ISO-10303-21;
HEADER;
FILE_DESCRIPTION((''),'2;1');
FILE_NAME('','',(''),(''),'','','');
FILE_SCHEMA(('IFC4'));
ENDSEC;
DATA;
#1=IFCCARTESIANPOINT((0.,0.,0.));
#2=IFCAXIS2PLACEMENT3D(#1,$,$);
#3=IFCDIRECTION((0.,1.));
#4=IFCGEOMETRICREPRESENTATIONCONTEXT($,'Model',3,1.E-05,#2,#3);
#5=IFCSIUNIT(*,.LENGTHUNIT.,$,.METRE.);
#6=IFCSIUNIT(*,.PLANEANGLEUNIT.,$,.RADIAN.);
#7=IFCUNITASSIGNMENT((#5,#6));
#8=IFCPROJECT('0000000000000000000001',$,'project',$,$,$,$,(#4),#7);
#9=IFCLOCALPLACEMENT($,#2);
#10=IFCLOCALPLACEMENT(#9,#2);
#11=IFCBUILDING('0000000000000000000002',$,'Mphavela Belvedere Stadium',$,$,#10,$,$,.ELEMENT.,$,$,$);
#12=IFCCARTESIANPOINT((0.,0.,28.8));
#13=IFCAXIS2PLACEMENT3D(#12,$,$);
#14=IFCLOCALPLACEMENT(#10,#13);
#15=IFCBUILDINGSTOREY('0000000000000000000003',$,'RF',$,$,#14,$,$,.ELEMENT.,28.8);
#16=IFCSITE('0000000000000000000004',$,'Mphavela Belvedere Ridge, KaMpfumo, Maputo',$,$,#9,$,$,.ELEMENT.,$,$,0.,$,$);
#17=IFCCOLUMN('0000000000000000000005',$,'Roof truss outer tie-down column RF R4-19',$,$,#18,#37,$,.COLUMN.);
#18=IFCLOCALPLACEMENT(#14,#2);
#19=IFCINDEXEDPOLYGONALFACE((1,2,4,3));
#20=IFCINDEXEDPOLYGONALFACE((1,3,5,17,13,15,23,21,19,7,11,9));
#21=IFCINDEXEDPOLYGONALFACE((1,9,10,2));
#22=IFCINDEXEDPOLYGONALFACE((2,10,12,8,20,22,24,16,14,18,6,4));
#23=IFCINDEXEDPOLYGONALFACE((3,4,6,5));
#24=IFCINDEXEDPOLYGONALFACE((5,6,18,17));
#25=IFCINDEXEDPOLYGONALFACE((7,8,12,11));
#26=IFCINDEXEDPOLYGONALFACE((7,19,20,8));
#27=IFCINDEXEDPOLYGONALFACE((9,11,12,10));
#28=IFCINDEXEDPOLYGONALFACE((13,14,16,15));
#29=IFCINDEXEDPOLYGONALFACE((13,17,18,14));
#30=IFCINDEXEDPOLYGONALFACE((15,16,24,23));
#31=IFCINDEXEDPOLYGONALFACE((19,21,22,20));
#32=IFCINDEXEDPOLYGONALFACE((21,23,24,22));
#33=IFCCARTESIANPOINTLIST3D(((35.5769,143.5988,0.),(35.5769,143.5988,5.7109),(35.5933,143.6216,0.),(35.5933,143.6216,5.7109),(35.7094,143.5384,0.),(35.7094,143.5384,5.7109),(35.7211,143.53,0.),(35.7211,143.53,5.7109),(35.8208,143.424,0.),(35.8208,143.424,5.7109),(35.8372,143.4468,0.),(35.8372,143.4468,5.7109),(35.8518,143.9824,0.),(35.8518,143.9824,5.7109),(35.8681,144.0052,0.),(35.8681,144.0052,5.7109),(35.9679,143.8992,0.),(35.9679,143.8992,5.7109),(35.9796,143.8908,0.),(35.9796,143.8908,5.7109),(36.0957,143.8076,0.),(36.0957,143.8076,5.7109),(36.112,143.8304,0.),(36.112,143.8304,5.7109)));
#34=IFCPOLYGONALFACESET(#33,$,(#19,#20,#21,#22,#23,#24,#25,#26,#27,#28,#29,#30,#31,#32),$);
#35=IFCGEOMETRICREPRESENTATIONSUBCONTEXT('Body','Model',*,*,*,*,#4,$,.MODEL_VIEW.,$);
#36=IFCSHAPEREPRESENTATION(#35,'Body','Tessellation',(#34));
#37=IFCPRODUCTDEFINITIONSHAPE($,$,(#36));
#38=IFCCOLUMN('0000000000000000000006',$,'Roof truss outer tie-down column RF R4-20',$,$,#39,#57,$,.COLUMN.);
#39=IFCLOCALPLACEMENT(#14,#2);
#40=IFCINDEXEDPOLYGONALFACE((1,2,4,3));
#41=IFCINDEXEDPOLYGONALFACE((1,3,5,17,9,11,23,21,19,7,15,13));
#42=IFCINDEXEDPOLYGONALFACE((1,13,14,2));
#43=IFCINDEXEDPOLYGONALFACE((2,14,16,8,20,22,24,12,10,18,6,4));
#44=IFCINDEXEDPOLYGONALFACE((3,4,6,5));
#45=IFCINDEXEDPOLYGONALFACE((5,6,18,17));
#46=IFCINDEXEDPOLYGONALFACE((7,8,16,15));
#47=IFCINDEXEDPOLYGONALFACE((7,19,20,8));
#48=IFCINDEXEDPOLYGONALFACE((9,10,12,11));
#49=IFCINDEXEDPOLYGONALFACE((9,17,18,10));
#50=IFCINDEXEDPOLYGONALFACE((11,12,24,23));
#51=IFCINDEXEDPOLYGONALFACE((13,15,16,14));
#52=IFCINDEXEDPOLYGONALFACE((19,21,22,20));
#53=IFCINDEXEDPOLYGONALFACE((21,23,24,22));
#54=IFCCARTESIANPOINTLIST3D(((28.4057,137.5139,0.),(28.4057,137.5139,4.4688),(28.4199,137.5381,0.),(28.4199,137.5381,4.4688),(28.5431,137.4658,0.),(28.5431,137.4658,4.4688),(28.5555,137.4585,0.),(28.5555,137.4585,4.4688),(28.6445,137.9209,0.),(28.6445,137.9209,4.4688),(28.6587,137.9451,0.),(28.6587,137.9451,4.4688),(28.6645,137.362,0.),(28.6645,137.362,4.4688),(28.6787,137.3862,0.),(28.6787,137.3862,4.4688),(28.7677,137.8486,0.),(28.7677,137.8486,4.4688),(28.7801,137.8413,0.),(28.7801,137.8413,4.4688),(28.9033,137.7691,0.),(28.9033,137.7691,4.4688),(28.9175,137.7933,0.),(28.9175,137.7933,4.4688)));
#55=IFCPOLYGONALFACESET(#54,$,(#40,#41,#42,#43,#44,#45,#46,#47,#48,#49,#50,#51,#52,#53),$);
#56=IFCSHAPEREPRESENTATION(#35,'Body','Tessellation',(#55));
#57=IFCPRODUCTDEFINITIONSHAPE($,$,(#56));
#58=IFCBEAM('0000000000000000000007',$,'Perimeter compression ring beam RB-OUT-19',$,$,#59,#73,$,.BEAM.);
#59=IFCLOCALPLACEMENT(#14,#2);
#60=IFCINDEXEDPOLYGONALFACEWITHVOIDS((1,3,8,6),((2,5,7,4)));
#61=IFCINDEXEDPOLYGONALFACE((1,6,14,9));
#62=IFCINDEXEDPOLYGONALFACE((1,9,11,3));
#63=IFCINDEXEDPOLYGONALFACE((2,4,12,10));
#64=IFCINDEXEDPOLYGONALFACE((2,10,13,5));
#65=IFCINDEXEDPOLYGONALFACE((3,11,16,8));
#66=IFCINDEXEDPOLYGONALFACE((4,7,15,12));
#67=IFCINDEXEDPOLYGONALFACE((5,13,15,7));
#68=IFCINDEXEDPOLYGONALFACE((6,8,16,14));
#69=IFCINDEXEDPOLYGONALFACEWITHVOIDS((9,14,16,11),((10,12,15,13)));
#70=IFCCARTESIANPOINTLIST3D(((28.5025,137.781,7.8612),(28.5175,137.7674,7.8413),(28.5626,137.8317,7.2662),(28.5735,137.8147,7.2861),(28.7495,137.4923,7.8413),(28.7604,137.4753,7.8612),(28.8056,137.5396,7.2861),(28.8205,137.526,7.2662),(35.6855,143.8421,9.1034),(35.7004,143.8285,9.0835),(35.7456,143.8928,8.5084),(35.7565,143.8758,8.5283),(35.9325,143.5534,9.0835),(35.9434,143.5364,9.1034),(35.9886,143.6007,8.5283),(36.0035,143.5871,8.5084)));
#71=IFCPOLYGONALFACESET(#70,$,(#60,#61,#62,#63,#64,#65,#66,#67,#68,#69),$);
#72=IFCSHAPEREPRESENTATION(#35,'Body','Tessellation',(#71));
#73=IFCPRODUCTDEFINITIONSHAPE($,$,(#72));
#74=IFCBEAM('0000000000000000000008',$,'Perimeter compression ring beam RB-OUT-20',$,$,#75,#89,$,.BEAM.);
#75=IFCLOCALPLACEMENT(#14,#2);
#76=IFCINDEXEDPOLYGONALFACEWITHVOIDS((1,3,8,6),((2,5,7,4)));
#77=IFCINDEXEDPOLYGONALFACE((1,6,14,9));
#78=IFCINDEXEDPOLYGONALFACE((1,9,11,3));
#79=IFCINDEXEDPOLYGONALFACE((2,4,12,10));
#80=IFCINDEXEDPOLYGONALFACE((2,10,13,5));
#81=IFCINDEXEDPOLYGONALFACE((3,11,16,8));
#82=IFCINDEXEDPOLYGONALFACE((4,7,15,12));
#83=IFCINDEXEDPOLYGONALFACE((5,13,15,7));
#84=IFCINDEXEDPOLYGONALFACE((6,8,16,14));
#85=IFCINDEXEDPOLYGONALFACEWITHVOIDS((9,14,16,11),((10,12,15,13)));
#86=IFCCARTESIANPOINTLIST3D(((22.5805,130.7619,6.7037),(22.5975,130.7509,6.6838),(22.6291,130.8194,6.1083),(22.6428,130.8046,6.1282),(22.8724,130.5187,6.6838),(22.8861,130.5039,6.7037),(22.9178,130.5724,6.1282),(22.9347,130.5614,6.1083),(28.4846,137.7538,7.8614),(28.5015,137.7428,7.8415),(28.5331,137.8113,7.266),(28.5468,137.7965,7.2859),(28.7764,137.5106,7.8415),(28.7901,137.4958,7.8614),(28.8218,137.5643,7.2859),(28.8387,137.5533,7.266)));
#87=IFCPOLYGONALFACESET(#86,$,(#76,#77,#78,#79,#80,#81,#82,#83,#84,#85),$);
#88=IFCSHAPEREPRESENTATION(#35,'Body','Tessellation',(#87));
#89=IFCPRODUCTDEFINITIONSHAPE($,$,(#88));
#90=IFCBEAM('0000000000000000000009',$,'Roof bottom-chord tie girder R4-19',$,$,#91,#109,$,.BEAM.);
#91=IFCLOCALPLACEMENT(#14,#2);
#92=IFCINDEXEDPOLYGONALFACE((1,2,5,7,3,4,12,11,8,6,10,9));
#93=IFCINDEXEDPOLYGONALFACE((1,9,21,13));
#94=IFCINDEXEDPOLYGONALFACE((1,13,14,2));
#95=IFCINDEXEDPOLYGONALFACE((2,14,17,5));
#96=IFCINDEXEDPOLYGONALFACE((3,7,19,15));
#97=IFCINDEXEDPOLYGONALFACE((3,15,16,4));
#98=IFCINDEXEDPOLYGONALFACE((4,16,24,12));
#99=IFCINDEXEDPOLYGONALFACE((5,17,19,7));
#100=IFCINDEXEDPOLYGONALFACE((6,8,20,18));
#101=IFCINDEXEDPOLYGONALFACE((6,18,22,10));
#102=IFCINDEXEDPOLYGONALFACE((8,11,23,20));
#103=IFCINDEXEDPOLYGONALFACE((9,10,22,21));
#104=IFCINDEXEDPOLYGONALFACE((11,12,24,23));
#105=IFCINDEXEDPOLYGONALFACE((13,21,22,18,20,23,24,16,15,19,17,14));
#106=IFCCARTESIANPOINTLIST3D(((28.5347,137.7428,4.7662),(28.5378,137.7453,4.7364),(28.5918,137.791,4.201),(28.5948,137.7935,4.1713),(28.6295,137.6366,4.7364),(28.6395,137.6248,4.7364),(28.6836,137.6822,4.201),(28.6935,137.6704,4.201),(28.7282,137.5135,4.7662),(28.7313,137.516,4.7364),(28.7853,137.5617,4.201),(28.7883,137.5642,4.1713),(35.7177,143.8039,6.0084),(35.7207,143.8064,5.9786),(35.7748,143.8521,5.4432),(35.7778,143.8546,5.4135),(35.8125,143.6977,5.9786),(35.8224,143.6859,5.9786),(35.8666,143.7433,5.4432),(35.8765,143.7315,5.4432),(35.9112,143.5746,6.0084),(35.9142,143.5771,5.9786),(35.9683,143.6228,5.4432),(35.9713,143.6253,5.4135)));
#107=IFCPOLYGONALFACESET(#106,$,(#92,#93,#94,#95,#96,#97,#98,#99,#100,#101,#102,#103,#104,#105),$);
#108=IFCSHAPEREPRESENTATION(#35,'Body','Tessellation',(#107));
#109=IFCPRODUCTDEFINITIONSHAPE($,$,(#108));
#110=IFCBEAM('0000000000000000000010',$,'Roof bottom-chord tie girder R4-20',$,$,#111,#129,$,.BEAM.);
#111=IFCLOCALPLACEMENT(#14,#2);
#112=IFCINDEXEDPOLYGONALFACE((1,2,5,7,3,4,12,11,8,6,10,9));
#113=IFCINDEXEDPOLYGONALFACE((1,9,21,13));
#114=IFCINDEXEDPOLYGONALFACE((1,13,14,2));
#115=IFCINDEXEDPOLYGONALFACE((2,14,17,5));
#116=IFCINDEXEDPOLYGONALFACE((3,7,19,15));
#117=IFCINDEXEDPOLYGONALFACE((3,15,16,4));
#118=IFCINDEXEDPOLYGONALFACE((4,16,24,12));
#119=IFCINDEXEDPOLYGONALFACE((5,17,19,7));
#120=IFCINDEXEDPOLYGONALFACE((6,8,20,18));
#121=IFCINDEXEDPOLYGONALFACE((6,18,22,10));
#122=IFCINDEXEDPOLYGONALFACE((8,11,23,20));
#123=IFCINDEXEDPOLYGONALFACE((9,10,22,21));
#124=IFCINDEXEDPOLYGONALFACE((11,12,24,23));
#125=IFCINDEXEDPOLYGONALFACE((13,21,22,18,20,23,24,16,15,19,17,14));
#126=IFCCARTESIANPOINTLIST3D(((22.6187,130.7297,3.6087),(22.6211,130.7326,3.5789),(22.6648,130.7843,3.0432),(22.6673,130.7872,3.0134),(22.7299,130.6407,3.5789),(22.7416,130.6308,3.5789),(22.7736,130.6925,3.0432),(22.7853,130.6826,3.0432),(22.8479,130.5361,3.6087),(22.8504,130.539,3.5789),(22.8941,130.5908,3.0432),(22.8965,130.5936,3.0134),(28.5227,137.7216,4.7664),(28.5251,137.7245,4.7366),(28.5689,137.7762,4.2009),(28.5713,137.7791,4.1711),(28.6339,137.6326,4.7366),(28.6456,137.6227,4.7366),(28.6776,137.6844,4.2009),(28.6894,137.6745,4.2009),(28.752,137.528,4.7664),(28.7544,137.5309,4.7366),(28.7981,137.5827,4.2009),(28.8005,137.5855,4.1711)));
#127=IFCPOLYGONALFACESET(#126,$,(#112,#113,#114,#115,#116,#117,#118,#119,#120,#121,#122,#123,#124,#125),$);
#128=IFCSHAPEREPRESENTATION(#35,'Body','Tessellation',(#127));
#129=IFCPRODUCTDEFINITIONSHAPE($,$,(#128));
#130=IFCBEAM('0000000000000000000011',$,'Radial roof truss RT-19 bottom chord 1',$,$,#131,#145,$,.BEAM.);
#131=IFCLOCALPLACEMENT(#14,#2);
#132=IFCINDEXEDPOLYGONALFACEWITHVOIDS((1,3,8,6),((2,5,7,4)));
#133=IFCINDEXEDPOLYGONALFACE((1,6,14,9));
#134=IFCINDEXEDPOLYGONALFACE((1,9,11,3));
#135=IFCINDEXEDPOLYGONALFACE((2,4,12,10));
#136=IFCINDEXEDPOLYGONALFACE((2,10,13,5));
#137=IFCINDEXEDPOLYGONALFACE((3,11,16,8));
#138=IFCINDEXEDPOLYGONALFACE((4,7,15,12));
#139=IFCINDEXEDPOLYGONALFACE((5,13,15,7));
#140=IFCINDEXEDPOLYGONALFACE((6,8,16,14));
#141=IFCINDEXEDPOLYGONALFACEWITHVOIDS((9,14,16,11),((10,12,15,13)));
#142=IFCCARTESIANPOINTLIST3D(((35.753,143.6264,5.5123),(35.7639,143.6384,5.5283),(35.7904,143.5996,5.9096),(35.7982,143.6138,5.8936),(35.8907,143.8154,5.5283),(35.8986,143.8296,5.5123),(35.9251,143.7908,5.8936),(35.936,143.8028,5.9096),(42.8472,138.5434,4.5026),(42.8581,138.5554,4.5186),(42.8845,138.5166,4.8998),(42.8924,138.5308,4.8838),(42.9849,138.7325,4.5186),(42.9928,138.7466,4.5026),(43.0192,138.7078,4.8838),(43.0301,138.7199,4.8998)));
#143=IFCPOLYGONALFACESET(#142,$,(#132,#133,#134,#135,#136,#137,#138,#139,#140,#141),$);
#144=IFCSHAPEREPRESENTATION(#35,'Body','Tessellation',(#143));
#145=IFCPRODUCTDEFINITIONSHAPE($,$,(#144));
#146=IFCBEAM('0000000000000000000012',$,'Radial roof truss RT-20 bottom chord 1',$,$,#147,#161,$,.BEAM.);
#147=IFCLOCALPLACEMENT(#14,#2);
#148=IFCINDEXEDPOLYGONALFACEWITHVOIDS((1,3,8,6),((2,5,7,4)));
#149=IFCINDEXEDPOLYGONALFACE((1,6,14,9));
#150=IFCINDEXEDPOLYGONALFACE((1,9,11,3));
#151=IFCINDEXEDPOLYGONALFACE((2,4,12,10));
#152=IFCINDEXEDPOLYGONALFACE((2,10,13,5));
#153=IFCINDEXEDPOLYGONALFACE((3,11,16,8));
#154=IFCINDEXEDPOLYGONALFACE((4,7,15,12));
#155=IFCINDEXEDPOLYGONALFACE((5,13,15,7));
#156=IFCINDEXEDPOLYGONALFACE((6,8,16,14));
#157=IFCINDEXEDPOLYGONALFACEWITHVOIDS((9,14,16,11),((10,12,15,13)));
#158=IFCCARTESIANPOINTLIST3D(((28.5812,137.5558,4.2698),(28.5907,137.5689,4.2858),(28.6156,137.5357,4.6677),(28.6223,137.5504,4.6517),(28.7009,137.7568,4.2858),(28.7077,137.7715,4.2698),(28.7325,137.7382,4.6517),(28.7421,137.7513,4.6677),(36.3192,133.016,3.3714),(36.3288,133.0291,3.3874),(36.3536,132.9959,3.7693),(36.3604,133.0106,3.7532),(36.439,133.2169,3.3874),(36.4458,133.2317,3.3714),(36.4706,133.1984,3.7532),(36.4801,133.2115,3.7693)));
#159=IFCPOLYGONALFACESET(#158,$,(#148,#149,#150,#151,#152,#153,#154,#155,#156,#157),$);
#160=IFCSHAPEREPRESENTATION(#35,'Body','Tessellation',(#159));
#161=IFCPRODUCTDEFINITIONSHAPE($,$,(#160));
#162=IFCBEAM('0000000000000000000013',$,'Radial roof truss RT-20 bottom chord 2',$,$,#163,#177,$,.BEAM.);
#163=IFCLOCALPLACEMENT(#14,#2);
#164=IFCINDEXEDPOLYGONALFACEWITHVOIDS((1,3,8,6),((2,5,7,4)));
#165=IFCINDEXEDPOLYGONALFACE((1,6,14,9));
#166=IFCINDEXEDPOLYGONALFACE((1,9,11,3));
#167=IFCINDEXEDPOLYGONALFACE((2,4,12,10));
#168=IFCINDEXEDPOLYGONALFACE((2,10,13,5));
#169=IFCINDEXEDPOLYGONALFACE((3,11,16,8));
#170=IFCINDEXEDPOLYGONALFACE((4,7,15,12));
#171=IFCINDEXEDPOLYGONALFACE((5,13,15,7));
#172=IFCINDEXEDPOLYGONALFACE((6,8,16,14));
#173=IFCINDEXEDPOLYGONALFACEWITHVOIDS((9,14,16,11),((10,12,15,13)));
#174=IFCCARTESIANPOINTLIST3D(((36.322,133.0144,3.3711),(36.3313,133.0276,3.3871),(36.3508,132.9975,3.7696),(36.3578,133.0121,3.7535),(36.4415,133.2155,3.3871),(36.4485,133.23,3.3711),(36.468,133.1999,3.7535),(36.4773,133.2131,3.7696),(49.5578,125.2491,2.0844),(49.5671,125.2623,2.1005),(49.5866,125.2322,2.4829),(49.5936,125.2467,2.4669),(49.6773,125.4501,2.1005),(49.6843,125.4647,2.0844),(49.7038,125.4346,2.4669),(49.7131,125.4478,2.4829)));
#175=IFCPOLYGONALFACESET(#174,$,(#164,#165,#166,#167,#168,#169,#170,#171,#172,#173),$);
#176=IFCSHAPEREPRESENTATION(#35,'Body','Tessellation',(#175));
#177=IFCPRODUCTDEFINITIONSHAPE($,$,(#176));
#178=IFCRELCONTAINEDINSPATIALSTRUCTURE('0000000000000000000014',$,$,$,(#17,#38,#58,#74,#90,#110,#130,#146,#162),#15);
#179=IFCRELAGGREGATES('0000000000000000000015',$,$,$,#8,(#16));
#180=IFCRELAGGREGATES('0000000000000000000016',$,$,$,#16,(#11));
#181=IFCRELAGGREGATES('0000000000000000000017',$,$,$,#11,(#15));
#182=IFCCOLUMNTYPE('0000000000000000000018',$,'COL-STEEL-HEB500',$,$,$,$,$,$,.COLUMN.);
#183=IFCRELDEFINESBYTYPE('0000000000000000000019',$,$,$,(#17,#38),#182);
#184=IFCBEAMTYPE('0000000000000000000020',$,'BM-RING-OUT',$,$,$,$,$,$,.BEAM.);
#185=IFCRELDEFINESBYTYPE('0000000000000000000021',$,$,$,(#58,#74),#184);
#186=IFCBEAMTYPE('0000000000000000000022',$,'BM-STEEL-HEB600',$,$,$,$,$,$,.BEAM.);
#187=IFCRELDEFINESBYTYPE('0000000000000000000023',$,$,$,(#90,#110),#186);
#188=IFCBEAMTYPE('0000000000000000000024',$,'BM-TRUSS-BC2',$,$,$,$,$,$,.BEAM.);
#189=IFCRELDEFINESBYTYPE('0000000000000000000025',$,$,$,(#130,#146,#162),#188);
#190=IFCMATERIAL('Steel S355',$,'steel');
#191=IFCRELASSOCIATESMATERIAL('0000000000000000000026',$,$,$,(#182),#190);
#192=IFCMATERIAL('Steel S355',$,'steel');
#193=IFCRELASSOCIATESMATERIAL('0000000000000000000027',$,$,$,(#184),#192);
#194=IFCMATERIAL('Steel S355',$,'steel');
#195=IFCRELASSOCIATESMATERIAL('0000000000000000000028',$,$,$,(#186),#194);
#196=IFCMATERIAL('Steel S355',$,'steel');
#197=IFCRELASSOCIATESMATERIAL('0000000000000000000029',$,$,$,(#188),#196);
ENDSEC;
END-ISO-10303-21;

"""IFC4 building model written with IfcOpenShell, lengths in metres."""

from ifc_helpers import new_model, si_unit, direction, frame, origin, origin_2d, place, context, subcontext, project, spatial, hollow_rectangle, i_section, extrude, material, material_profile, profile_set, type_object, element, save


model = new_model("IFC4")

# Units and contexts
model_context = context("Model", 3, precision=1e-05, world=origin(), true_north=direction((0.0, 1.0)))
body_context = subcontext(model_context, "Body", "Model", "MODEL_VIEW")
ifc_project = project(units=[si_unit("LENGTHUNIT", "METRE"), si_unit("PLANEANGLEUNIT", "RADIAN")], contexts=[model_context])

# Site, building, storey
site_placement = place(None, origin())
site = spatial("IfcSite", under=ifc_project, at=site_placement, Name="Mphavela Belvedere Ridge, KaMpfumo, Maputo", CompositionType="ELEMENT", RefElevation=0.0)
building_placement = place(site_placement, origin())
building = spatial("IfcBuilding", under=site, at=building_placement, Name="Mphavela Belvedere Stadium", CompositionType="ELEMENT")
storey_placement = place(building_placement, frame((0.0, 0.0, 28.8)))
storey = spatial("IfcBuildingStorey", under=building, at=storey_placement, Name="RF", CompositionType="ELEMENT", Elevation=28.8)

# Columns
ifc_material_1 = material(Name="Steel S355", Category="steel")
ifc_material_profile_1 = material_profile(ifc_material_1, i_section(OverallWidth=0.3, OverallDepth=0.5, WebThickness=0.0144, FlangeThickness=0.0281, at=origin_2d()), Name="HEB 500")
ifc_profile_set_1 = profile_set([ifc_material_profile_1], Name="Steel S355")
column_type = type_object("IfcColumnType", Name="COL-STEEL-HEB500", PredefinedType="COLUMN", material=ifc_profile_set_1)
column_1_placement = place(storey_placement, frame((35.8445, 143.7146, 0.0), z_axis=(0.0, 0.0, 1.0), x_axis=(-0.812898, 0.582407, 0.0)))
element("IfcColumn", 1, at=column_1_placement, inside=storey, type_object=column_type, Name="Roof truss outer tie-down column RF R4-19", PredefinedType="COLUMN", context=body_context, shape_type="SweptSolid", body=[
    extrude(i_section(OverallWidth=0.3, OverallDepth=0.5, WebThickness=0.0144, FlangeThickness=0.0281, at=origin_2d()), origin(), (0.0, 0.0, 1.0), 5.7109),
])
column_2_placement = place(storey_placement, frame((28.6616, 137.6536, 0.0), z_axis=(0.0, 0.0, 1.0), x_axis=(-0.862514, 0.506034, 0.0)))
element("IfcColumn", 2, at=column_2_placement, inside=storey, type_object=column_type, Name="Roof truss outer tie-down column RF R4-20", PredefinedType="COLUMN", context=body_context, shape_type="SweptSolid", body=[
    extrude(i_section(OverallWidth=0.3, OverallDepth=0.5, WebThickness=0.0144, FlangeThickness=0.0281, at=origin_2d()), origin(), (0.0, 0.0, 1.0), 4.4688),
])

# Beams
ifc_material_2 = material(Name="Steel S355", Category="steel")
ifc_material_profile_2 = material_profile(ifc_material_2, hollow_rectangle(XDim=0.3999, YDim=0.6001, WallThickness=0.02, at=origin_2d()), Name="RHS 600x400x20")
ifc_profile_set_2 = profile_set([ifc_material_profile_2], Name="Steel S355")
beam_type_1 = type_object("IfcBeamType", Name="BM-RING-OUT", PredefinedType="BEAM", material=ifc_profile_set_2)
beam_1_placement = place(storey_placement, frame((35.8445, 143.7146, 8.8059), z_axis=(-0.757676, -0.639342, -0.131031), x_axis=(0.644902, -0.764265, 0.0)))
element("IfcBeam", 3, at=beam_1_placement, inside=storey, type_object=beam_type_1, Name="Perimeter compression ring beam RB-OUT-19", PredefinedType="BEAM", context=body_context, shape_type="SweptSolid", body=[
    extrude(hollow_rectangle(XDim=0.3999, YDim=0.6001, WallThickness=0.02, at=origin_2d()), origin(), (0.0, 0.0, 1.0), 9.4802),
])
beam_2_placement = place(storey_placement, frame((28.6616, 137.6536, 7.5637), z_axis=(-0.640063, -0.758002, -0.125509), x_axis=(0.764044, -0.645165, 0.0)))
element("IfcBeam", 4, at=beam_2_placement, inside=storey, type_object=beam_type_1, Name="Perimeter compression ring beam RB-OUT-20", PredefinedType="BEAM", context=body_context, shape_type="SweptSolid", body=[
    extrude(hollow_rectangle(XDim=0.3999, YDim=0.6001, WallThickness=0.02, at=origin_2d()), origin(), (0.0, 0.0, 1.0), 9.2241),
])
ifc_material_3 = material(Name="Steel S355", Category="steel")
ifc_material_profile_3 = material_profile(ifc_material_3, i_section(OverallWidth=0.3, OverallDepth=0.6001, WebThickness=0.0154, FlangeThickness=0.03, at=origin_2d()), Name="HEB 600")
ifc_profile_set_3 = profile_set([ifc_material_profile_3], Name="Steel S355")
beam_type_2 = type_object("IfcBeamType", Name="BM-STEEL-HEB600", PredefinedType="BEAM", material=ifc_profile_set_3)
beam_3_placement = place(storey_placement, frame((35.8445, 143.7146, 5.7109), z_axis=(-0.757676, -0.639342, -0.131031), x_axis=(0.644902, -0.764265, 0.0)))
element("IfcBeam", 5, at=beam_3_placement, inside=storey, type_object=beam_type_2, Name="Roof bottom-chord tie girder R4-19", PredefinedType="BEAM", context=body_context, shape_type="SweptSolid", body=[
    extrude(i_section(OverallWidth=0.3, OverallDepth=0.6001, WebThickness=0.0154, FlangeThickness=0.03, at=origin_2d()), origin(), (0.0, 0.0, 1.0), 9.4802),
])
beam_4_placement = place(storey_placement, frame((28.6616, 137.6536, 4.4688), z_axis=(-0.640063, -0.758002, -0.125509), x_axis=(0.764044, -0.645165, 0.0)))
element("IfcBeam", 6, at=beam_4_placement, inside=storey, type_object=beam_type_2, Name="Roof bottom-chord tie girder R4-20", PredefinedType="BEAM", context=body_context, shape_type="SweptSolid", body=[
    extrude(i_section(OverallWidth=0.3, OverallDepth=0.6001, WebThickness=0.0154, FlangeThickness=0.03, at=origin_2d()), origin(), (0.0, 0.0, 1.0), 9.2241),
])
ifc_material_4 = material(Name="Steel S355", Category="steel")
ifc_material_profile_4 = material_profile(ifc_material_4, hollow_rectangle(XDim=0.25, YDim=0.3999, WallThickness=0.0161, at=origin_2d()), Name="RHS 400x250x16")
ifc_profile_set_4 = profile_set([ifc_material_profile_4], Name="Steel S355")
beam_type_3 = type_object("IfcBeamType", Name="BM-TRUSS-BC2", PredefinedType="BEAM", material=ifc_profile_set_4)
beam_5_placement = place(storey_placement, frame((35.8445, 143.7146, 5.7109), z_axis=(0.807495, -0.578569, -0.114936), x_axis=(0.582428, 0.812882, 0.0)))
element("IfcBeam", 7, at=beam_5_placement, inside=storey, type_object=beam_type_3, Name="Radial roof truss RT-19 bottom chord 1", PredefinedType="BEAM", context=body_context, shape_type="SweptSolid", body=[
    extrude(hollow_rectangle(XDim=0.25, YDim=0.3999, WallThickness=0.0161, at=origin_2d()), origin(), (0.0, 0.0, 1.0), 8.7854),
])
beam_6_placement = place(storey_placement, frame((28.6616, 137.6536, 4.4688), z_axis=(0.858225, -0.503508, -0.099646), x_axis=(0.506027, 0.862518, 0.0)))
element("IfcBeam", 8, at=beam_6_placement, inside=storey, type_object=beam_type_3, Name="Radial roof truss RT-20 bottom chord 1", PredefinedType="BEAM", context=body_context, shape_type="SweptSolid", body=[
    extrude(hollow_rectangle(XDim=0.25, YDim=0.3999, WallThickness=0.0161, at=origin_2d()), origin(), (0.0, 0.0, 1.0), 9.0164),
])
beam_7_placement = place(storey_placement, frame((36.3997, 133.1138, 3.5703), z_axis=(0.859499, -0.504263, -0.08355), x_axis=(0.506032, 0.862515, 0.0)))
element("IfcBeam", 9, at=beam_7_placement, inside=storey, type_object=beam_type_3, Name="Radial roof truss RT-20 bottom chord 2", PredefinedType="BEAM", context=body_context, shape_type="SweptSolid", body=[
    extrude(hollow_rectangle(XDim=0.25, YDim=0.3999, WallThickness=0.0161, at=origin_2d()), origin(), (0.0, 0.0, 1.0), 15.3994),
])

save(model, "model.ifc")
